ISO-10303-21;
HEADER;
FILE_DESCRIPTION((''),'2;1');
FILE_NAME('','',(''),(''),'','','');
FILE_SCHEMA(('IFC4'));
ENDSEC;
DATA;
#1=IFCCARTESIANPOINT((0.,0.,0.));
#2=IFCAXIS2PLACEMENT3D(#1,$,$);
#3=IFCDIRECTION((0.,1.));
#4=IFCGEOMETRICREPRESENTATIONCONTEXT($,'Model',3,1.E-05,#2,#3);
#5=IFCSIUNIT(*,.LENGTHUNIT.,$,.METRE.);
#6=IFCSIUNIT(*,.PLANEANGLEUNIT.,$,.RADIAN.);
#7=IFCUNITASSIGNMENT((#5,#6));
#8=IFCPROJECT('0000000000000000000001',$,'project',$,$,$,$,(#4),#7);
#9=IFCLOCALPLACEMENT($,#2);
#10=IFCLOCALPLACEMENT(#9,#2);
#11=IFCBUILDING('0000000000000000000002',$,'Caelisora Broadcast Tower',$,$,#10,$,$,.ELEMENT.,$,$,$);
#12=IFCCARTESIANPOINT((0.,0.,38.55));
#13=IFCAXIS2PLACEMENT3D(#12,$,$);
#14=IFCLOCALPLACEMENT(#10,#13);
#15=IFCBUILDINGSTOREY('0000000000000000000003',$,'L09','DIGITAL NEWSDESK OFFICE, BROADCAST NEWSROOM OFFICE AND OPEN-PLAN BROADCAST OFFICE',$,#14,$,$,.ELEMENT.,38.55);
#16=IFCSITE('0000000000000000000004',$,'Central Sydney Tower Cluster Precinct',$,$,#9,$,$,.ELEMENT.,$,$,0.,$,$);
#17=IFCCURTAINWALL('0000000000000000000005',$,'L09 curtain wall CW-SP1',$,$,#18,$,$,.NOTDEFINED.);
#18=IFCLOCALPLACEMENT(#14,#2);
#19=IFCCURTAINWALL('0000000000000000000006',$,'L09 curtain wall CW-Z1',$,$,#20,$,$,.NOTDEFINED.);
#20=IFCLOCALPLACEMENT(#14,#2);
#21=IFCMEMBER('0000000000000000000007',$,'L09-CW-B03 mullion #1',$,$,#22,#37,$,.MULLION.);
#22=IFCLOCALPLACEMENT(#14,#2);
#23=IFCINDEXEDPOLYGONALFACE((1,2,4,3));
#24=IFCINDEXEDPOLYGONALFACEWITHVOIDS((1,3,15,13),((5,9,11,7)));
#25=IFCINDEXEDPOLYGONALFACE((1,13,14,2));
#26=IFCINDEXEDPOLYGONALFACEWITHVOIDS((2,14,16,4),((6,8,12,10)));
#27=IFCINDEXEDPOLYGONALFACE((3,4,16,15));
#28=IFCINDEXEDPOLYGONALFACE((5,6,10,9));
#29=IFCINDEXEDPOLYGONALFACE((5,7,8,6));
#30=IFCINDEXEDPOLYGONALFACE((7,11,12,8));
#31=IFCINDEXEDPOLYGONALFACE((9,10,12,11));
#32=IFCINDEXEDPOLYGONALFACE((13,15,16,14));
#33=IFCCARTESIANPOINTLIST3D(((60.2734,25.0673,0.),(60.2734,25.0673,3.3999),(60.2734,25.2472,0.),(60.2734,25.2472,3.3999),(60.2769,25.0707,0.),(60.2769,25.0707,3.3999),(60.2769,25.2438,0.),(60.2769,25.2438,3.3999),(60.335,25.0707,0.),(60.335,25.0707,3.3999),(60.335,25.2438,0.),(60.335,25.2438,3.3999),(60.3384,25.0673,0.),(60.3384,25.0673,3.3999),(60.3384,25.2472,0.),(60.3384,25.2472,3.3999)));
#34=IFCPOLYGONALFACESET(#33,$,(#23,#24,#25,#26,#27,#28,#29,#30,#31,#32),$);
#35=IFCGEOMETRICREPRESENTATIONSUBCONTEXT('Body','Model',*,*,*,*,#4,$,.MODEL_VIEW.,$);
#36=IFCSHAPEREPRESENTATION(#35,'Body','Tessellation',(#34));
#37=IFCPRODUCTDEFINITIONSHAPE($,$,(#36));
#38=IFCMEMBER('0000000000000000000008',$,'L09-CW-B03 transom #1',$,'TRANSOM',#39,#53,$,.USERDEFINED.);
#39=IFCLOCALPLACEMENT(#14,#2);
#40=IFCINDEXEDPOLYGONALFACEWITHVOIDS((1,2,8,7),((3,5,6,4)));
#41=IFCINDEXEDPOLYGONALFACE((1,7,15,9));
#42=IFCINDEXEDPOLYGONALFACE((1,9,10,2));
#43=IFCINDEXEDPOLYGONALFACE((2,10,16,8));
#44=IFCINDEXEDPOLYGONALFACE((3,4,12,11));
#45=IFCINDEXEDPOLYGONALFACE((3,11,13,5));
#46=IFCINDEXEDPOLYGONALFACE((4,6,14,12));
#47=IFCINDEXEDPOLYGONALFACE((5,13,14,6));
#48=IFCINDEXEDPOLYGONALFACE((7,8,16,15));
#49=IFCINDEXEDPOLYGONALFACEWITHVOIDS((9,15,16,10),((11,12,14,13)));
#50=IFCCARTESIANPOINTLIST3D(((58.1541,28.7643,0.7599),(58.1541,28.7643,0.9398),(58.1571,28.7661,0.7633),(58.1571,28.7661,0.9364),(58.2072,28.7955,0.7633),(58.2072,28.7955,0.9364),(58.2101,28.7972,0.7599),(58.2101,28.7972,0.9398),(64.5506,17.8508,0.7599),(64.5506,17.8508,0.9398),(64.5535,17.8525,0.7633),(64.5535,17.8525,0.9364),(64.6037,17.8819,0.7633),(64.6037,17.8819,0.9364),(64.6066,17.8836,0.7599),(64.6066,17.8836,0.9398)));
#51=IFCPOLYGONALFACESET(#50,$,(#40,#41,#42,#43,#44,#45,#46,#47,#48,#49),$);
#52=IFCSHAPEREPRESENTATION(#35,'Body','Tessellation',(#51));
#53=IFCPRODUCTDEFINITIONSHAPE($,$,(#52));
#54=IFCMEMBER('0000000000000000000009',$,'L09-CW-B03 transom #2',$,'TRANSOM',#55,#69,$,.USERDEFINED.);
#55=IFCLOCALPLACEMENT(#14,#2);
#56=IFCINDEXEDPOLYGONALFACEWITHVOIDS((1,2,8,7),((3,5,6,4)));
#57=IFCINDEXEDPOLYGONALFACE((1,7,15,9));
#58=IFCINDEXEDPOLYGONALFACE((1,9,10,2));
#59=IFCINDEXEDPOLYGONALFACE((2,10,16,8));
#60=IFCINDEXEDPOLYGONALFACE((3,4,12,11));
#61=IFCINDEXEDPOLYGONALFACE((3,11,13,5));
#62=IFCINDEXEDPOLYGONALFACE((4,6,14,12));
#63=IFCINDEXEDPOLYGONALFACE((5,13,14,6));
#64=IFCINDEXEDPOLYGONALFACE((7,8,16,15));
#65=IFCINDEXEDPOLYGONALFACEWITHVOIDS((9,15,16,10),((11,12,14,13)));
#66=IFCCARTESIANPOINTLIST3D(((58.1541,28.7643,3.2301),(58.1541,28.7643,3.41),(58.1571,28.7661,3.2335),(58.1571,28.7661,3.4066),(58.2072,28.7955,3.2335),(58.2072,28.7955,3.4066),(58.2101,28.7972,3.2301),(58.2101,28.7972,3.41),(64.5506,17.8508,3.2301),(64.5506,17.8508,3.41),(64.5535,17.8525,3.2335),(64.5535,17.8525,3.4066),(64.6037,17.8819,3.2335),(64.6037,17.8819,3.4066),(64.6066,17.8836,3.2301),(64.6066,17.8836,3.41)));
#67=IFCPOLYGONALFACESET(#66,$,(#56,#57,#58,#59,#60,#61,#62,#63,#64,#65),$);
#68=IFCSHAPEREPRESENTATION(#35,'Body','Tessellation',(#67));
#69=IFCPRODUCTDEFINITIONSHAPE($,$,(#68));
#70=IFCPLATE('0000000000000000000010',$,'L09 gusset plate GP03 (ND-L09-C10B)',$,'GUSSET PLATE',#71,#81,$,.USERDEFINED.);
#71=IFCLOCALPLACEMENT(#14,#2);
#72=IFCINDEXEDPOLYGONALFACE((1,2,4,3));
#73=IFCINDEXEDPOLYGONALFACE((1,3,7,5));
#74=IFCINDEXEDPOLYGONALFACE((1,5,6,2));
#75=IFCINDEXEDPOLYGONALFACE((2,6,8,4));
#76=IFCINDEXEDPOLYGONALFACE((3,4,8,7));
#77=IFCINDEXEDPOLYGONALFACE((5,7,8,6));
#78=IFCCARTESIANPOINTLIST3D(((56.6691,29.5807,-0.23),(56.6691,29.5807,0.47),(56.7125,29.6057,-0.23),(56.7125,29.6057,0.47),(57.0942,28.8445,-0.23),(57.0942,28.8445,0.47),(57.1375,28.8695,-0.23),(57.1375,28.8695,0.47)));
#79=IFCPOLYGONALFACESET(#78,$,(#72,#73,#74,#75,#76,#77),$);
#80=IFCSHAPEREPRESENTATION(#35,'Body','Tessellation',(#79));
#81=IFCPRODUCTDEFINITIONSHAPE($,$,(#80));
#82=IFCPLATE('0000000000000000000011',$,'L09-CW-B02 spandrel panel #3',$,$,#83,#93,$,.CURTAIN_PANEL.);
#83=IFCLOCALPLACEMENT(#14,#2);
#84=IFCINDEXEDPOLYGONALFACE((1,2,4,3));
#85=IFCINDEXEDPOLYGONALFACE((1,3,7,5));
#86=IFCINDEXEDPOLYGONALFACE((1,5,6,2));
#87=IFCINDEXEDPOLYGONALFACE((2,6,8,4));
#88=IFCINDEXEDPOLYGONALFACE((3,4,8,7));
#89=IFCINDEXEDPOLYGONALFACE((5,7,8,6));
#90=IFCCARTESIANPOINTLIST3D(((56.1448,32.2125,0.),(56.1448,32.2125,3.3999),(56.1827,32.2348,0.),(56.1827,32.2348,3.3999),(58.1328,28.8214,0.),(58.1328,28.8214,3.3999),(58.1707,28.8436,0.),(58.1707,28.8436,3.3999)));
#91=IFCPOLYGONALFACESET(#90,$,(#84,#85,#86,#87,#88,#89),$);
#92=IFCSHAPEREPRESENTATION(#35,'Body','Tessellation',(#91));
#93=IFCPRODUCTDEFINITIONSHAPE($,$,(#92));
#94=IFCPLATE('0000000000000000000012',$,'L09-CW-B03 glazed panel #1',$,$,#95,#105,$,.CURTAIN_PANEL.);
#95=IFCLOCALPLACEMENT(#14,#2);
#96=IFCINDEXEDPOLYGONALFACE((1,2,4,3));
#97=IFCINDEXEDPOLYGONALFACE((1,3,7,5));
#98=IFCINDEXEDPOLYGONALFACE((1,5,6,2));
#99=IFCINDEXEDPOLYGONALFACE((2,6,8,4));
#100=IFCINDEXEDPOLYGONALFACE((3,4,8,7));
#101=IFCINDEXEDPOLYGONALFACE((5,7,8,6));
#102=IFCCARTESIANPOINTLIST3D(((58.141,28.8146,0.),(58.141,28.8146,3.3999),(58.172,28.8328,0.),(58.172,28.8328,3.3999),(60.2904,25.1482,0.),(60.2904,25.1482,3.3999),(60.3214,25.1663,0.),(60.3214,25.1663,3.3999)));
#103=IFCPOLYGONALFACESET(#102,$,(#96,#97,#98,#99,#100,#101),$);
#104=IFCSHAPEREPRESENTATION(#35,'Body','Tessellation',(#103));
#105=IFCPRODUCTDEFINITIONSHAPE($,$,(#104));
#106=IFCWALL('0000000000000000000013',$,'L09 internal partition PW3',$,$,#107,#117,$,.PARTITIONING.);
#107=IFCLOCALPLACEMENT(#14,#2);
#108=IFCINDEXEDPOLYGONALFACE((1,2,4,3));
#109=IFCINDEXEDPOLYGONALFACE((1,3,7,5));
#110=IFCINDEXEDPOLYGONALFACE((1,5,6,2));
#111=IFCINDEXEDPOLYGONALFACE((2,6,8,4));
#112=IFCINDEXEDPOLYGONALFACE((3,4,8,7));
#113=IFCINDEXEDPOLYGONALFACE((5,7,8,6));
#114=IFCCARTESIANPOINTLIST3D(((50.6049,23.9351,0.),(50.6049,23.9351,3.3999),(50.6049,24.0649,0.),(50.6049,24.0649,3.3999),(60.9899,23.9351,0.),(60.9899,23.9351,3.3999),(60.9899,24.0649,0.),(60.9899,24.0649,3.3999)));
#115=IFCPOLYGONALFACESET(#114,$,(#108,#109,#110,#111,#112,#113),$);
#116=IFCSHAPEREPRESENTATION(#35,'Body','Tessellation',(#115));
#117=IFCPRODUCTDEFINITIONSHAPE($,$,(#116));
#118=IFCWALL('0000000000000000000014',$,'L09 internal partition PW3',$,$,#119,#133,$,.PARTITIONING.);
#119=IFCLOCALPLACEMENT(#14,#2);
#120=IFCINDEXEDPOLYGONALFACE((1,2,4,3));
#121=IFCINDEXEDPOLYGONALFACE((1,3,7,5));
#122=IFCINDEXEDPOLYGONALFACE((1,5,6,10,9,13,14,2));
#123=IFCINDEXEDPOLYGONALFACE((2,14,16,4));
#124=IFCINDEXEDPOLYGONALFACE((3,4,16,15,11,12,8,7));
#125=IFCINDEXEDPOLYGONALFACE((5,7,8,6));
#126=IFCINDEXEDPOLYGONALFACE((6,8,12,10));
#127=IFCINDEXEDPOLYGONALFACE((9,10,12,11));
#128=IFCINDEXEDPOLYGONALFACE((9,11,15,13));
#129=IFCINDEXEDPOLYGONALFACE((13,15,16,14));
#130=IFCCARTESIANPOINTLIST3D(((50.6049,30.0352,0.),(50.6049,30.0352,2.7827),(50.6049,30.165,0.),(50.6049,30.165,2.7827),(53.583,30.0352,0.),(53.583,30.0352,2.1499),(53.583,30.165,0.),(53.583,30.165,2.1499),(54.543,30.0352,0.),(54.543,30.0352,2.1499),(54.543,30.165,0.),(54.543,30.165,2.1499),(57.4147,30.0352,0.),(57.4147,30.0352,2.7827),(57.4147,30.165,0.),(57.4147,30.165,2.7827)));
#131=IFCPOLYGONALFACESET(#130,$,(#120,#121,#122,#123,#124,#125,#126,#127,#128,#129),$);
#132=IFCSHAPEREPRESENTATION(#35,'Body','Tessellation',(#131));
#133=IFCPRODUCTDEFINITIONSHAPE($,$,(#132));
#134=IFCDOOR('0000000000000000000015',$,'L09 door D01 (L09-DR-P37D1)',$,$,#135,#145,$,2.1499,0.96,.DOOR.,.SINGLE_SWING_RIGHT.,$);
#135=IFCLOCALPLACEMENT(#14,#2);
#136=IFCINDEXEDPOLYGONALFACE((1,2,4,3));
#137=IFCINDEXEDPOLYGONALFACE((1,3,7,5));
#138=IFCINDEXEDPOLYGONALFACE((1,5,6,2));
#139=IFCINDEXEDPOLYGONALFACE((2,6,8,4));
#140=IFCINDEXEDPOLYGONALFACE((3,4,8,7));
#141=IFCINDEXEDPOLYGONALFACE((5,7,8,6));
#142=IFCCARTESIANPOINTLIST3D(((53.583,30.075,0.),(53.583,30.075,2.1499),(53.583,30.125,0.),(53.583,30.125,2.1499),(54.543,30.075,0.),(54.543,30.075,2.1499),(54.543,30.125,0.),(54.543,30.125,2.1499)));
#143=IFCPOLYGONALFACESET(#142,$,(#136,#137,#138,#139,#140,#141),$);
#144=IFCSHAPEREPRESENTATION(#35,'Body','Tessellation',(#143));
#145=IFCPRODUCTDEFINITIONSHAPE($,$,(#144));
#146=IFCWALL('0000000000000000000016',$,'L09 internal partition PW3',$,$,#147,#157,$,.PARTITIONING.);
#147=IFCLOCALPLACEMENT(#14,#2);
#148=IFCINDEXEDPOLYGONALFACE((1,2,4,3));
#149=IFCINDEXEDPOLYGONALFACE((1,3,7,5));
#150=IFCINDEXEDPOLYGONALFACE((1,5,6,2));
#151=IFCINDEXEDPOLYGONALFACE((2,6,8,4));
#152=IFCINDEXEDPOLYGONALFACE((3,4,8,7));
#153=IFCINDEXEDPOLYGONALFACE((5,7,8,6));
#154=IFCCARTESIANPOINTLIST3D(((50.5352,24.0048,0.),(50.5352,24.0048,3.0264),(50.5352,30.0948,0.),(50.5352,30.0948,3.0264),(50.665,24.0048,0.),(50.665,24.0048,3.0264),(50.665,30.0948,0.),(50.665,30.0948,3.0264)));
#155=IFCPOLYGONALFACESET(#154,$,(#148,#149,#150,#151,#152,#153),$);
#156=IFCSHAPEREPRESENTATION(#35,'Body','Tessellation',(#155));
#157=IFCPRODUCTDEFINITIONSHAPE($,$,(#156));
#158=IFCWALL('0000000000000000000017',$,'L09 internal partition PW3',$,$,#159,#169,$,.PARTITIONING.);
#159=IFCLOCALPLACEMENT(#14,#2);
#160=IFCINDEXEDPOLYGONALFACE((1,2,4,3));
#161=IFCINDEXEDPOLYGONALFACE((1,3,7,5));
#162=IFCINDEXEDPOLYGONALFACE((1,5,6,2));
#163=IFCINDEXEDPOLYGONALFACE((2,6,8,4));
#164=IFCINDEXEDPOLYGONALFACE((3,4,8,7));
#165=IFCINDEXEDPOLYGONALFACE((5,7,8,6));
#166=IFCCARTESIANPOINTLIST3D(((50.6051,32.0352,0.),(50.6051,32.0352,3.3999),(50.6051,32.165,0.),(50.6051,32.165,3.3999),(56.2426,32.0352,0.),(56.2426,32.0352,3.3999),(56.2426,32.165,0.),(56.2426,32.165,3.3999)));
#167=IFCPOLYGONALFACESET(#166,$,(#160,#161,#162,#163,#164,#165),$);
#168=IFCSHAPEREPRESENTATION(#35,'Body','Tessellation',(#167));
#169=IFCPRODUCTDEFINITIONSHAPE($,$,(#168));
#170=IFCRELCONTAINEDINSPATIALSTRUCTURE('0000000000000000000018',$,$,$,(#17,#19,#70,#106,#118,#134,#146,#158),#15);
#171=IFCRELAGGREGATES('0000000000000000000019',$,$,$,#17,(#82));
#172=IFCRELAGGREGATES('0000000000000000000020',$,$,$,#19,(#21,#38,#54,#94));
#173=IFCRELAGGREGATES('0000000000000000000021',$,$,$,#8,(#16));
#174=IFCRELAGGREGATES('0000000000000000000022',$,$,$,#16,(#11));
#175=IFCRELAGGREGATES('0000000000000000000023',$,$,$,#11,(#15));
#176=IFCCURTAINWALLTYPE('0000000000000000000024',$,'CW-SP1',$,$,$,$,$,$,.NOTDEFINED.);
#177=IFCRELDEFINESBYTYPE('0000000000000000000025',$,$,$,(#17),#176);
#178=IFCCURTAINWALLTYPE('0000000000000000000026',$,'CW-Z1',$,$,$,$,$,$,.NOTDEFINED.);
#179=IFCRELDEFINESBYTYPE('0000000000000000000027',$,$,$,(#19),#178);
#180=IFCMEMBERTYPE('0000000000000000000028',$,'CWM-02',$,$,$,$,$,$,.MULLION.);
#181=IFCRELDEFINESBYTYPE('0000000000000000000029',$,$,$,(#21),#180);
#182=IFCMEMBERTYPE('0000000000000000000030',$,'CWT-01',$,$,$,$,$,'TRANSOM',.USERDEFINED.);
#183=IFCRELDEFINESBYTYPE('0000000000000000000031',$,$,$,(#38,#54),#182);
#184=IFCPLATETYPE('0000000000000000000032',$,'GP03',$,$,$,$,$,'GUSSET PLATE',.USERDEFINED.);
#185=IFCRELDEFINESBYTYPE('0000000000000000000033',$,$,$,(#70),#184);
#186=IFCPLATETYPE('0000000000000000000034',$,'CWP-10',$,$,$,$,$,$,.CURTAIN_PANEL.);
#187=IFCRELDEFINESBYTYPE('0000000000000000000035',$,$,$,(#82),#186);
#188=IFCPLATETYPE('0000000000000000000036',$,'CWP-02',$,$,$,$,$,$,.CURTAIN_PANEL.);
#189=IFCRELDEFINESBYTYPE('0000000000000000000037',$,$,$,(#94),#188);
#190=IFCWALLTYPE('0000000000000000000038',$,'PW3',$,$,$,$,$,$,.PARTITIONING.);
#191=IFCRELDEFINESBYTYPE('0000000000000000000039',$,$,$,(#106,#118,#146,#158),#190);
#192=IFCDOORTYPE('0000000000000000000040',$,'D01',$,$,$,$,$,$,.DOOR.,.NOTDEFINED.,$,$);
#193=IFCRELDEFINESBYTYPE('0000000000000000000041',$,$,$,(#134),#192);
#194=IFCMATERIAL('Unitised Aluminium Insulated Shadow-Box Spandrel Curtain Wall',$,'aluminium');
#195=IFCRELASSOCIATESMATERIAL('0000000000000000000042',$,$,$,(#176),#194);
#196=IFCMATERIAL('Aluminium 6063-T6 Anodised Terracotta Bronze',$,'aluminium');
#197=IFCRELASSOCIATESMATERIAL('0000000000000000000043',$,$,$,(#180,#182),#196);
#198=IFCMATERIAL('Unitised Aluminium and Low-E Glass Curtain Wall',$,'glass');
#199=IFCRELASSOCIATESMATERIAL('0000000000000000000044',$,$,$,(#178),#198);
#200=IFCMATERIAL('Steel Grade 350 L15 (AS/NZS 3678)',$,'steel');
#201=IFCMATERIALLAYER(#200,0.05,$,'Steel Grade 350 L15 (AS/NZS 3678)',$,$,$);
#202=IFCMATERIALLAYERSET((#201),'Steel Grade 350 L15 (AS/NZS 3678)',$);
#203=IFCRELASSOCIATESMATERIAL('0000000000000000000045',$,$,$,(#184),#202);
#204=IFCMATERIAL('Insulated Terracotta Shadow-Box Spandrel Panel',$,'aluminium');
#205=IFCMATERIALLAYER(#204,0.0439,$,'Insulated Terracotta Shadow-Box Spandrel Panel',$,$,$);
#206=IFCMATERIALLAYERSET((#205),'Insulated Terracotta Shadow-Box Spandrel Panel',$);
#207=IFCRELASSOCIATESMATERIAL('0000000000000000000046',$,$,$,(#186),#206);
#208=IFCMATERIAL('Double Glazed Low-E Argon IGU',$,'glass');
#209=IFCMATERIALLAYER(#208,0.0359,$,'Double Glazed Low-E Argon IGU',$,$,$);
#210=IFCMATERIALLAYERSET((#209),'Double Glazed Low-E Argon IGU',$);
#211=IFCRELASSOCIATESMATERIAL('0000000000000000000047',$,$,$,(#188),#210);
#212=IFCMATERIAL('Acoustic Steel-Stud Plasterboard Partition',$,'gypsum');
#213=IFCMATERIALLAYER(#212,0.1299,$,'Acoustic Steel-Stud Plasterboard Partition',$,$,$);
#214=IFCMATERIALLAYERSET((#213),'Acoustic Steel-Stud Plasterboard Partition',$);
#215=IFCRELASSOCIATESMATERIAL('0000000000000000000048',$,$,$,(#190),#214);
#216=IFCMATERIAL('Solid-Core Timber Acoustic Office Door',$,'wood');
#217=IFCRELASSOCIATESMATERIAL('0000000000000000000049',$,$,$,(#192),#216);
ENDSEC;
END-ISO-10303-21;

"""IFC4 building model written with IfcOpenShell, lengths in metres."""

from ifc_helpers import new_model, si_unit, direction, frame, frame_2d, origin, origin_2d, place, context, subcontext, project, spatial, rectangle, hollow_rectangle, extrude, source, transform, mapped, material, layer, layer_set, material_profile, profile_set, type_object, type_shapes, element, fill, aggregate, save


model = new_model("IFC4")

# Units and contexts
model_context = context("Model", 3, precision=1e-05, world=origin(), true_north=direction((0.0, 1.0)))
body_context = subcontext(model_context, "Body", "Model", "MODEL_VIEW")
ifc_project = project(units=[si_unit("LENGTHUNIT", "METRE"), si_unit("PLANEANGLEUNIT", "RADIAN")], contexts=[model_context])

# Site, building, storey
site_placement = place(None, origin())
site = spatial("IfcSite", under=ifc_project, at=site_placement, Name="Central Sydney Tower Cluster Precinct", CompositionType="ELEMENT", RefElevation=0.0)
building_placement = place(site_placement, origin())
building = spatial("IfcBuilding", under=site, at=building_placement, Name="Caelisora Broadcast Tower", CompositionType="ELEMENT")
storey_placement = place(building_placement, frame((0.0, 0.0, 38.55)))
storey = spatial("IfcBuildingStorey", under=building, at=storey_placement, Name="L09", Description="DIGITAL NEWSDESK OFFICE, BROADCAST NEWSROOM OFFICE AND OPEN-PLAN BROADCAST OFFICE", CompositionType="ELEMENT", Elevation=38.55)

# Shared definitions
ifc_material_1 = material(Name="Steel Grade 350 L15 (AS/NZS 3678)", Category="steel")

# Curtain wall
ifc_material_2 = material(Name="Unitised Aluminium Insulated Shadow-Box Spandrel Curtain Wall", Category="aluminium")
curtain_wall_type_1 = type_object("IfcCurtainWallType", Name="CW-SP1", PredefinedType="NOTDEFINED", material=ifc_material_2)
curtain_wall_1_placement = place(storey_placement, origin())
curtain_wall_1 = element("IfcCurtainWall", 1, at=curtain_wall_1_placement, inside=storey, type_object=curtain_wall_type_1, Name="L09 curtain wall CW-SP1", PredefinedType="NOTDEFINED")
ifc_material_3 = material(Name="Aluminium 6063-T6 Anodised Terracotta Bronze", Category="aluminium")
ifc_material_profile_1 = material_profile(ifc_material_3, hollow_rectangle(XDim=0.0649, YDim=0.1799, WallThickness=0.0034, at=origin_2d()), Name="Aluminium 6063-T6 Anodised Terracotta Bronze")
ifc_profile_set_1 = profile_set([ifc_material_profile_1], Name="Aluminium 6063-T6 Anodised Terracotta Bronze")
member_type_1 = type_object("IfcMemberType", Name="CWM-02", PredefinedType="MULLION", material=ifc_profile_set_1)
shared_shape_1 = source(origin(), body_context, "Body", "SweptSolid", [
    extrude(hollow_rectangle(XDim=0.0649, YDim=0.1799, WallThickness=0.0034, at=origin_2d()), origin(), (0.0, 0.0, 1.0), 3.3999),
])
type_shapes(member_type_1, [shared_shape_1])

# Curtain wall, members
ifc_material_4 = material(Name="Unitised Aluminium and Low-E Glass Curtain Wall", Category="glass")
curtain_wall_type_2 = type_object("IfcCurtainWallType", Name="CW-Z1", PredefinedType="NOTDEFINED", material=ifc_material_4)
curtain_wall_2_placement = place(storey_placement, origin())
curtain_wall_2 = element("IfcCurtainWall", 2, at=curtain_wall_2_placement, inside=storey, type_object=curtain_wall_type_2, Name="L09 curtain wall CW-Z1", PredefinedType="NOTDEFINED")
member_1_placement = place(storey_placement, frame((60.3059, 25.1572, 0.0), z_axis=(0.0, 0.0, 1.0), x_axis=(1.0, 0.0, 0.0)))
member_1 = element("IfcMember", 3, at=member_1_placement, type_object=member_type_1, Name="L09-CW-B03 mullion #1", PredefinedType="MULLION", context=body_context, shape_type="MappedRepresentation", body=[
    mapped(shared_shape_1, transform((0.0, 0.0, 0.0), scale=1.0)),
])
ifc_material_profile_2 = material_profile(ifc_material_3, hollow_rectangle(XDim=0.0649, YDim=0.1799, WallThickness=0.0034, at=origin_2d()), Name="Aluminium 6063-T6 Anodised Terracotta Bronze")
ifc_profile_set_2 = profile_set([ifc_material_profile_2], Name="Aluminium 6063-T6 Anodised Terracotta Bronze")
member_type_2 = type_object("IfcMemberType", Name="CWT-01", ElementType="TRANSOM", PredefinedType="USERDEFINED", material=ifc_profile_set_2)
shared_shape_2 = source(origin(), body_context, "Body", "SweptSolid", [
    extrude(hollow_rectangle(XDim=0.0649, YDim=0.1799, WallThickness=0.0034, at=origin_2d()), origin(), (0.0, 0.0, 1.0), 12.6499),
])
type_shapes(member_type_2, [shared_shape_2])
member_2_placement = place(storey_placement, frame((58.1821, 28.7808, 0.8499), z_axis=(0.505653, -0.862737, 0.0), x_axis=(0.862737, 0.505653, 0.0)))
member_2 = element("IfcMember", 4, at=member_2_placement, type_object=member_type_2, Name="L09-CW-B03 transom #1", ObjectType="TRANSOM", PredefinedType="USERDEFINED", context=body_context, shape_type="MappedRepresentation", body=[
    mapped(shared_shape_2, transform((0.0, 0.0, 0.0), scale=1.0)),
])
member_3_placement = place(storey_placement, frame((58.1821, 28.7808, 3.3201), z_axis=(0.505653, -0.862737, 0.0), x_axis=(0.862737, 0.505653, 0.0)))
member_3 = element("IfcMember", 5, at=member_3_placement, type_object=member_type_2, Name="L09-CW-B03 transom #2", ObjectType="TRANSOM", PredefinedType="USERDEFINED", context=body_context, shape_type="MappedRepresentation", body=[
    mapped(shared_shape_2, transform((0.0, 0.0, 0.0), scale=1.0)),
])

# Plates
ifc_layer_1 = layer(ifc_material_1, 0.05, Name="Steel Grade 350 L15 (AS/NZS 3678)")
ifc_layer_set_1 = layer_set([ifc_layer_1], Name="Steel Grade 350 L15 (AS/NZS 3678)")
plate_type_1 = type_object("IfcPlateType", Name="GP03", ElementType="GUSSET PLATE", PredefinedType="USERDEFINED", material=ifc_layer_set_1)
shared_shape_3 = source(origin(), body_context, "Body", "SweptSolid", [
    extrude(rectangle(XDim=0.8501, YDim=0.05, at=origin_2d()), origin(), (0.0, 0.0, 1.0), 0.7),
])
type_shapes(plate_type_1, [shared_shape_3])
plate_1_placement = place(storey_placement, frame((56.9033, 29.2251, -0.23), z_axis=(0.0, 0.0, 1.0), x_axis=(-0.5, 0.866025, 0.0)))
element("IfcPlate", 6, at=plate_1_placement, inside=storey, type_object=plate_type_1, Name="L09 gusset plate GP03 (ND-L09-C10B)", ObjectType="GUSSET PLATE", PredefinedType="USERDEFINED", context=body_context, shape_type="MappedRepresentation", body=[
    mapped(shared_shape_3, transform((0.0, 0.0, 0.0), scale=1.0)),
])
ifc_material_5 = material(Name="Insulated Terracotta Shadow-Box Spandrel Panel", Category="aluminium")
ifc_layer_2 = layer(ifc_material_5, 0.0439, Name="Insulated Terracotta Shadow-Box Spandrel Panel")
ifc_layer_set_2 = layer_set([ifc_layer_2], Name="Insulated Terracotta Shadow-Box Spandrel Panel")
plate_type_2 = type_object("IfcPlateType", Name="CWP-10", PredefinedType="CURTAIN_PANEL", material=ifc_layer_set_2)
shared_shape_4 = source(origin(), body_context, "Body", "SweptSolid", [
    extrude(rectangle(XDim=3.9309, YDim=0.0439, at=origin_2d()), origin(), (0.0, 0.0, 1.0), 3.3999),
])
type_shapes(plate_type_2, [shared_shape_4])
plate_2_placement = place(storey_placement, frame((57.1577, 30.5281, 0.0), z_axis=(0.0, 0.0, 1.0), x_axis=(0.505733, -0.86269, 0.0)))
plate_2 = element("IfcPlate", 7, at=plate_2_placement, type_object=plate_type_2, Name="L09-CW-B02 spandrel panel #3", PredefinedType="CURTAIN_PANEL", context=body_context, shape_type="MappedRepresentation", body=[
    mapped(shared_shape_4, transform((0.0, 0.0, 0.0), scale=1.0)),
])
aggregate(curtain_wall_1, [plate_2])
ifc_material_6 = material(Name="Double Glazed Low-E Argon IGU", Category="glass")
ifc_layer_3 = layer(ifc_material_6, 0.0359, Name="Double Glazed Low-E Argon IGU")
ifc_layer_set_3 = layer_set([ifc_layer_3], Name="Double Glazed Low-E Argon IGU")
plate_type_3 = type_object("IfcPlateType", Name="CWP-02", PredefinedType="CURTAIN_PANEL", material=ifc_layer_set_3)
shared_shape_5 = source(origin(), body_context, "Body", "SweptSolid", [
    extrude(rectangle(XDim=4.25, YDim=0.0359, at=origin_2d()), origin(), (0.0, 0.0, 1.0), 3.3999),
])
type_shapes(plate_type_3, [shared_shape_5])
plate_3_placement = place(storey_placement, frame((59.2312, 26.9905, 0.0), z_axis=(0.0, 0.0, 1.0), x_axis=(0.505733, -0.86269, 0.0)))
plate_3 = element("IfcPlate", 8, at=plate_3_placement, type_object=plate_type_3, Name="L09-CW-B03 glazed panel #1", PredefinedType="CURTAIN_PANEL", context=body_context, shape_type="MappedRepresentation", body=[
    mapped(shared_shape_5, transform((0.0, 0.0, 0.0), scale=1.0)),
])
aggregate(curtain_wall_2, [member_1, member_2, member_3, plate_3])

# Wall
ifc_material_7 = material(Name="Acoustic Steel-Stud Plasterboard Partition", Category="gypsum")
ifc_layer_4 = layer(ifc_material_7, 0.1299, Name="Acoustic Steel-Stud Plasterboard Partition")
ifc_layer_set_4 = layer_set([ifc_layer_4], Name="Acoustic Steel-Stud Plasterboard Partition")
wall_type = type_object("IfcWallType", Name="PW3", PredefinedType="PARTITIONING", material=ifc_layer_set_4)
wall_1_placement = place(storey_placement, frame((50.605, 24.0, 0.0), z_axis=(0.0, 0.0, 1.0), x_axis=(1.0, 0.0, 0.0)))
element("IfcWall", 9, at=wall_1_placement, inside=storey, type_object=wall_type, Name="L09 internal partition PW3", PredefinedType="PARTITIONING", context=body_context, shape_type="SweptSolid", body=[
    extrude(rectangle(XDim=10.385, YDim=0.1299, at=frame_2d((5.1924, 0.0))), origin(), (0.0, 0.0, 1.0), 3.3999),
])

# Wall, opening, door
wall_2_placement = place(storey_placement, frame((50.605, 30.1001, 0.0), z_axis=(0.0, 0.0, 1.0), x_axis=(1.0, 0.0, 0.0)))
wall_2 = element("IfcWall", 10, at=wall_2_placement, inside=storey, type_object=wall_type, Name="L09 internal partition PW3", PredefinedType="PARTITIONING", context=body_context, shape_type="SweptSolid", body=[
    extrude(rectangle(XDim=6.8098, YDim=0.1299, at=frame_2d((3.4048, 0.0))), origin(), (0.0, 0.0, 1.0), 2.7827),
])
opening_placement = place(wall_2_placement, frame((2.978, 0.0, 0.0)))
opening = element("IfcOpeningElement", 11, at=opening_placement, cuts=wall_2, PredefinedType="OPENING", context=body_context, shape_type="SweptSolid", body=[
    extrude(rectangle(XDim=0.96, YDim=2.1499, at=frame_2d((0.48, 1.075))), frame((0.0, 0.0769, 0.0), z_axis=(0.0, -1.0, 0.0), x_axis=(1.0, 0.0, 0.0)), (0.0, 0.0, 1.0), 0.1538),
])
ifc_material_8 = material(Name="Solid-Core Timber Acoustic Office Door", Category="wood")
door_type = type_object("IfcDoorType", Name="D01", OperationType="NOTDEFINED", PredefinedType="DOOR", material=ifc_material_8)
door_placement = place(opening_placement, origin())
door = element("IfcDoor", 12, at=door_placement, inside=storey, type_object=door_type, Name="L09 door D01 (L09-DR-P37D1)", OperationType="SINGLE_SWING_RIGHT", OverallHeight=2.1499, OverallWidth=0.96, PredefinedType="DOOR", context=body_context, shape_type="SweptSolid", body=[
    extrude(rectangle(XDim=0.96, YDim=2.1499, at=frame_2d((0.48, 1.075))), frame((0.0, 0.0249, 0.0), z_axis=(0.0, -1.0, 0.0), x_axis=(1.0, 0.0, 0.0)), (0.0, 0.0, 1.0), 0.05),
])
fill(opening, door)

# Walls
wall_3_placement = place(storey_placement, frame((50.6001, 24.0049, 0.0), z_axis=(0.0, 0.0, 1.0), x_axis=(0.0, 1.0, 0.0)))
element("IfcWall", 13, at=wall_3_placement, inside=storey, type_object=wall_type, Name="L09 internal partition PW3", PredefinedType="PARTITIONING", context=body_context, shape_type="SweptSolid", body=[
    extrude(rectangle(XDim=6.0901, YDim=0.1299, at=frame_2d((3.0449, 0.0))), origin(), (0.0, 0.0, 1.0), 3.0264),
])
wall_4_placement = place(storey_placement, frame((50.605, 32.1001, 0.0), z_axis=(0.0, 0.0, 1.0), x_axis=(1.0, 0.0, 0.0)))
element("IfcWall", 14, at=wall_4_placement, inside=storey, type_object=wall_type, Name="L09 internal partition PW3", PredefinedType="PARTITIONING", context=body_context, shape_type="SweptSolid", body=[
    extrude(rectangle(XDim=5.6375, YDim=0.1299, at=frame_2d((2.8188, 0.0))), origin(), (0.0, 0.0, 1.0), 3.3999),
])

save(model, "model.ifc")
